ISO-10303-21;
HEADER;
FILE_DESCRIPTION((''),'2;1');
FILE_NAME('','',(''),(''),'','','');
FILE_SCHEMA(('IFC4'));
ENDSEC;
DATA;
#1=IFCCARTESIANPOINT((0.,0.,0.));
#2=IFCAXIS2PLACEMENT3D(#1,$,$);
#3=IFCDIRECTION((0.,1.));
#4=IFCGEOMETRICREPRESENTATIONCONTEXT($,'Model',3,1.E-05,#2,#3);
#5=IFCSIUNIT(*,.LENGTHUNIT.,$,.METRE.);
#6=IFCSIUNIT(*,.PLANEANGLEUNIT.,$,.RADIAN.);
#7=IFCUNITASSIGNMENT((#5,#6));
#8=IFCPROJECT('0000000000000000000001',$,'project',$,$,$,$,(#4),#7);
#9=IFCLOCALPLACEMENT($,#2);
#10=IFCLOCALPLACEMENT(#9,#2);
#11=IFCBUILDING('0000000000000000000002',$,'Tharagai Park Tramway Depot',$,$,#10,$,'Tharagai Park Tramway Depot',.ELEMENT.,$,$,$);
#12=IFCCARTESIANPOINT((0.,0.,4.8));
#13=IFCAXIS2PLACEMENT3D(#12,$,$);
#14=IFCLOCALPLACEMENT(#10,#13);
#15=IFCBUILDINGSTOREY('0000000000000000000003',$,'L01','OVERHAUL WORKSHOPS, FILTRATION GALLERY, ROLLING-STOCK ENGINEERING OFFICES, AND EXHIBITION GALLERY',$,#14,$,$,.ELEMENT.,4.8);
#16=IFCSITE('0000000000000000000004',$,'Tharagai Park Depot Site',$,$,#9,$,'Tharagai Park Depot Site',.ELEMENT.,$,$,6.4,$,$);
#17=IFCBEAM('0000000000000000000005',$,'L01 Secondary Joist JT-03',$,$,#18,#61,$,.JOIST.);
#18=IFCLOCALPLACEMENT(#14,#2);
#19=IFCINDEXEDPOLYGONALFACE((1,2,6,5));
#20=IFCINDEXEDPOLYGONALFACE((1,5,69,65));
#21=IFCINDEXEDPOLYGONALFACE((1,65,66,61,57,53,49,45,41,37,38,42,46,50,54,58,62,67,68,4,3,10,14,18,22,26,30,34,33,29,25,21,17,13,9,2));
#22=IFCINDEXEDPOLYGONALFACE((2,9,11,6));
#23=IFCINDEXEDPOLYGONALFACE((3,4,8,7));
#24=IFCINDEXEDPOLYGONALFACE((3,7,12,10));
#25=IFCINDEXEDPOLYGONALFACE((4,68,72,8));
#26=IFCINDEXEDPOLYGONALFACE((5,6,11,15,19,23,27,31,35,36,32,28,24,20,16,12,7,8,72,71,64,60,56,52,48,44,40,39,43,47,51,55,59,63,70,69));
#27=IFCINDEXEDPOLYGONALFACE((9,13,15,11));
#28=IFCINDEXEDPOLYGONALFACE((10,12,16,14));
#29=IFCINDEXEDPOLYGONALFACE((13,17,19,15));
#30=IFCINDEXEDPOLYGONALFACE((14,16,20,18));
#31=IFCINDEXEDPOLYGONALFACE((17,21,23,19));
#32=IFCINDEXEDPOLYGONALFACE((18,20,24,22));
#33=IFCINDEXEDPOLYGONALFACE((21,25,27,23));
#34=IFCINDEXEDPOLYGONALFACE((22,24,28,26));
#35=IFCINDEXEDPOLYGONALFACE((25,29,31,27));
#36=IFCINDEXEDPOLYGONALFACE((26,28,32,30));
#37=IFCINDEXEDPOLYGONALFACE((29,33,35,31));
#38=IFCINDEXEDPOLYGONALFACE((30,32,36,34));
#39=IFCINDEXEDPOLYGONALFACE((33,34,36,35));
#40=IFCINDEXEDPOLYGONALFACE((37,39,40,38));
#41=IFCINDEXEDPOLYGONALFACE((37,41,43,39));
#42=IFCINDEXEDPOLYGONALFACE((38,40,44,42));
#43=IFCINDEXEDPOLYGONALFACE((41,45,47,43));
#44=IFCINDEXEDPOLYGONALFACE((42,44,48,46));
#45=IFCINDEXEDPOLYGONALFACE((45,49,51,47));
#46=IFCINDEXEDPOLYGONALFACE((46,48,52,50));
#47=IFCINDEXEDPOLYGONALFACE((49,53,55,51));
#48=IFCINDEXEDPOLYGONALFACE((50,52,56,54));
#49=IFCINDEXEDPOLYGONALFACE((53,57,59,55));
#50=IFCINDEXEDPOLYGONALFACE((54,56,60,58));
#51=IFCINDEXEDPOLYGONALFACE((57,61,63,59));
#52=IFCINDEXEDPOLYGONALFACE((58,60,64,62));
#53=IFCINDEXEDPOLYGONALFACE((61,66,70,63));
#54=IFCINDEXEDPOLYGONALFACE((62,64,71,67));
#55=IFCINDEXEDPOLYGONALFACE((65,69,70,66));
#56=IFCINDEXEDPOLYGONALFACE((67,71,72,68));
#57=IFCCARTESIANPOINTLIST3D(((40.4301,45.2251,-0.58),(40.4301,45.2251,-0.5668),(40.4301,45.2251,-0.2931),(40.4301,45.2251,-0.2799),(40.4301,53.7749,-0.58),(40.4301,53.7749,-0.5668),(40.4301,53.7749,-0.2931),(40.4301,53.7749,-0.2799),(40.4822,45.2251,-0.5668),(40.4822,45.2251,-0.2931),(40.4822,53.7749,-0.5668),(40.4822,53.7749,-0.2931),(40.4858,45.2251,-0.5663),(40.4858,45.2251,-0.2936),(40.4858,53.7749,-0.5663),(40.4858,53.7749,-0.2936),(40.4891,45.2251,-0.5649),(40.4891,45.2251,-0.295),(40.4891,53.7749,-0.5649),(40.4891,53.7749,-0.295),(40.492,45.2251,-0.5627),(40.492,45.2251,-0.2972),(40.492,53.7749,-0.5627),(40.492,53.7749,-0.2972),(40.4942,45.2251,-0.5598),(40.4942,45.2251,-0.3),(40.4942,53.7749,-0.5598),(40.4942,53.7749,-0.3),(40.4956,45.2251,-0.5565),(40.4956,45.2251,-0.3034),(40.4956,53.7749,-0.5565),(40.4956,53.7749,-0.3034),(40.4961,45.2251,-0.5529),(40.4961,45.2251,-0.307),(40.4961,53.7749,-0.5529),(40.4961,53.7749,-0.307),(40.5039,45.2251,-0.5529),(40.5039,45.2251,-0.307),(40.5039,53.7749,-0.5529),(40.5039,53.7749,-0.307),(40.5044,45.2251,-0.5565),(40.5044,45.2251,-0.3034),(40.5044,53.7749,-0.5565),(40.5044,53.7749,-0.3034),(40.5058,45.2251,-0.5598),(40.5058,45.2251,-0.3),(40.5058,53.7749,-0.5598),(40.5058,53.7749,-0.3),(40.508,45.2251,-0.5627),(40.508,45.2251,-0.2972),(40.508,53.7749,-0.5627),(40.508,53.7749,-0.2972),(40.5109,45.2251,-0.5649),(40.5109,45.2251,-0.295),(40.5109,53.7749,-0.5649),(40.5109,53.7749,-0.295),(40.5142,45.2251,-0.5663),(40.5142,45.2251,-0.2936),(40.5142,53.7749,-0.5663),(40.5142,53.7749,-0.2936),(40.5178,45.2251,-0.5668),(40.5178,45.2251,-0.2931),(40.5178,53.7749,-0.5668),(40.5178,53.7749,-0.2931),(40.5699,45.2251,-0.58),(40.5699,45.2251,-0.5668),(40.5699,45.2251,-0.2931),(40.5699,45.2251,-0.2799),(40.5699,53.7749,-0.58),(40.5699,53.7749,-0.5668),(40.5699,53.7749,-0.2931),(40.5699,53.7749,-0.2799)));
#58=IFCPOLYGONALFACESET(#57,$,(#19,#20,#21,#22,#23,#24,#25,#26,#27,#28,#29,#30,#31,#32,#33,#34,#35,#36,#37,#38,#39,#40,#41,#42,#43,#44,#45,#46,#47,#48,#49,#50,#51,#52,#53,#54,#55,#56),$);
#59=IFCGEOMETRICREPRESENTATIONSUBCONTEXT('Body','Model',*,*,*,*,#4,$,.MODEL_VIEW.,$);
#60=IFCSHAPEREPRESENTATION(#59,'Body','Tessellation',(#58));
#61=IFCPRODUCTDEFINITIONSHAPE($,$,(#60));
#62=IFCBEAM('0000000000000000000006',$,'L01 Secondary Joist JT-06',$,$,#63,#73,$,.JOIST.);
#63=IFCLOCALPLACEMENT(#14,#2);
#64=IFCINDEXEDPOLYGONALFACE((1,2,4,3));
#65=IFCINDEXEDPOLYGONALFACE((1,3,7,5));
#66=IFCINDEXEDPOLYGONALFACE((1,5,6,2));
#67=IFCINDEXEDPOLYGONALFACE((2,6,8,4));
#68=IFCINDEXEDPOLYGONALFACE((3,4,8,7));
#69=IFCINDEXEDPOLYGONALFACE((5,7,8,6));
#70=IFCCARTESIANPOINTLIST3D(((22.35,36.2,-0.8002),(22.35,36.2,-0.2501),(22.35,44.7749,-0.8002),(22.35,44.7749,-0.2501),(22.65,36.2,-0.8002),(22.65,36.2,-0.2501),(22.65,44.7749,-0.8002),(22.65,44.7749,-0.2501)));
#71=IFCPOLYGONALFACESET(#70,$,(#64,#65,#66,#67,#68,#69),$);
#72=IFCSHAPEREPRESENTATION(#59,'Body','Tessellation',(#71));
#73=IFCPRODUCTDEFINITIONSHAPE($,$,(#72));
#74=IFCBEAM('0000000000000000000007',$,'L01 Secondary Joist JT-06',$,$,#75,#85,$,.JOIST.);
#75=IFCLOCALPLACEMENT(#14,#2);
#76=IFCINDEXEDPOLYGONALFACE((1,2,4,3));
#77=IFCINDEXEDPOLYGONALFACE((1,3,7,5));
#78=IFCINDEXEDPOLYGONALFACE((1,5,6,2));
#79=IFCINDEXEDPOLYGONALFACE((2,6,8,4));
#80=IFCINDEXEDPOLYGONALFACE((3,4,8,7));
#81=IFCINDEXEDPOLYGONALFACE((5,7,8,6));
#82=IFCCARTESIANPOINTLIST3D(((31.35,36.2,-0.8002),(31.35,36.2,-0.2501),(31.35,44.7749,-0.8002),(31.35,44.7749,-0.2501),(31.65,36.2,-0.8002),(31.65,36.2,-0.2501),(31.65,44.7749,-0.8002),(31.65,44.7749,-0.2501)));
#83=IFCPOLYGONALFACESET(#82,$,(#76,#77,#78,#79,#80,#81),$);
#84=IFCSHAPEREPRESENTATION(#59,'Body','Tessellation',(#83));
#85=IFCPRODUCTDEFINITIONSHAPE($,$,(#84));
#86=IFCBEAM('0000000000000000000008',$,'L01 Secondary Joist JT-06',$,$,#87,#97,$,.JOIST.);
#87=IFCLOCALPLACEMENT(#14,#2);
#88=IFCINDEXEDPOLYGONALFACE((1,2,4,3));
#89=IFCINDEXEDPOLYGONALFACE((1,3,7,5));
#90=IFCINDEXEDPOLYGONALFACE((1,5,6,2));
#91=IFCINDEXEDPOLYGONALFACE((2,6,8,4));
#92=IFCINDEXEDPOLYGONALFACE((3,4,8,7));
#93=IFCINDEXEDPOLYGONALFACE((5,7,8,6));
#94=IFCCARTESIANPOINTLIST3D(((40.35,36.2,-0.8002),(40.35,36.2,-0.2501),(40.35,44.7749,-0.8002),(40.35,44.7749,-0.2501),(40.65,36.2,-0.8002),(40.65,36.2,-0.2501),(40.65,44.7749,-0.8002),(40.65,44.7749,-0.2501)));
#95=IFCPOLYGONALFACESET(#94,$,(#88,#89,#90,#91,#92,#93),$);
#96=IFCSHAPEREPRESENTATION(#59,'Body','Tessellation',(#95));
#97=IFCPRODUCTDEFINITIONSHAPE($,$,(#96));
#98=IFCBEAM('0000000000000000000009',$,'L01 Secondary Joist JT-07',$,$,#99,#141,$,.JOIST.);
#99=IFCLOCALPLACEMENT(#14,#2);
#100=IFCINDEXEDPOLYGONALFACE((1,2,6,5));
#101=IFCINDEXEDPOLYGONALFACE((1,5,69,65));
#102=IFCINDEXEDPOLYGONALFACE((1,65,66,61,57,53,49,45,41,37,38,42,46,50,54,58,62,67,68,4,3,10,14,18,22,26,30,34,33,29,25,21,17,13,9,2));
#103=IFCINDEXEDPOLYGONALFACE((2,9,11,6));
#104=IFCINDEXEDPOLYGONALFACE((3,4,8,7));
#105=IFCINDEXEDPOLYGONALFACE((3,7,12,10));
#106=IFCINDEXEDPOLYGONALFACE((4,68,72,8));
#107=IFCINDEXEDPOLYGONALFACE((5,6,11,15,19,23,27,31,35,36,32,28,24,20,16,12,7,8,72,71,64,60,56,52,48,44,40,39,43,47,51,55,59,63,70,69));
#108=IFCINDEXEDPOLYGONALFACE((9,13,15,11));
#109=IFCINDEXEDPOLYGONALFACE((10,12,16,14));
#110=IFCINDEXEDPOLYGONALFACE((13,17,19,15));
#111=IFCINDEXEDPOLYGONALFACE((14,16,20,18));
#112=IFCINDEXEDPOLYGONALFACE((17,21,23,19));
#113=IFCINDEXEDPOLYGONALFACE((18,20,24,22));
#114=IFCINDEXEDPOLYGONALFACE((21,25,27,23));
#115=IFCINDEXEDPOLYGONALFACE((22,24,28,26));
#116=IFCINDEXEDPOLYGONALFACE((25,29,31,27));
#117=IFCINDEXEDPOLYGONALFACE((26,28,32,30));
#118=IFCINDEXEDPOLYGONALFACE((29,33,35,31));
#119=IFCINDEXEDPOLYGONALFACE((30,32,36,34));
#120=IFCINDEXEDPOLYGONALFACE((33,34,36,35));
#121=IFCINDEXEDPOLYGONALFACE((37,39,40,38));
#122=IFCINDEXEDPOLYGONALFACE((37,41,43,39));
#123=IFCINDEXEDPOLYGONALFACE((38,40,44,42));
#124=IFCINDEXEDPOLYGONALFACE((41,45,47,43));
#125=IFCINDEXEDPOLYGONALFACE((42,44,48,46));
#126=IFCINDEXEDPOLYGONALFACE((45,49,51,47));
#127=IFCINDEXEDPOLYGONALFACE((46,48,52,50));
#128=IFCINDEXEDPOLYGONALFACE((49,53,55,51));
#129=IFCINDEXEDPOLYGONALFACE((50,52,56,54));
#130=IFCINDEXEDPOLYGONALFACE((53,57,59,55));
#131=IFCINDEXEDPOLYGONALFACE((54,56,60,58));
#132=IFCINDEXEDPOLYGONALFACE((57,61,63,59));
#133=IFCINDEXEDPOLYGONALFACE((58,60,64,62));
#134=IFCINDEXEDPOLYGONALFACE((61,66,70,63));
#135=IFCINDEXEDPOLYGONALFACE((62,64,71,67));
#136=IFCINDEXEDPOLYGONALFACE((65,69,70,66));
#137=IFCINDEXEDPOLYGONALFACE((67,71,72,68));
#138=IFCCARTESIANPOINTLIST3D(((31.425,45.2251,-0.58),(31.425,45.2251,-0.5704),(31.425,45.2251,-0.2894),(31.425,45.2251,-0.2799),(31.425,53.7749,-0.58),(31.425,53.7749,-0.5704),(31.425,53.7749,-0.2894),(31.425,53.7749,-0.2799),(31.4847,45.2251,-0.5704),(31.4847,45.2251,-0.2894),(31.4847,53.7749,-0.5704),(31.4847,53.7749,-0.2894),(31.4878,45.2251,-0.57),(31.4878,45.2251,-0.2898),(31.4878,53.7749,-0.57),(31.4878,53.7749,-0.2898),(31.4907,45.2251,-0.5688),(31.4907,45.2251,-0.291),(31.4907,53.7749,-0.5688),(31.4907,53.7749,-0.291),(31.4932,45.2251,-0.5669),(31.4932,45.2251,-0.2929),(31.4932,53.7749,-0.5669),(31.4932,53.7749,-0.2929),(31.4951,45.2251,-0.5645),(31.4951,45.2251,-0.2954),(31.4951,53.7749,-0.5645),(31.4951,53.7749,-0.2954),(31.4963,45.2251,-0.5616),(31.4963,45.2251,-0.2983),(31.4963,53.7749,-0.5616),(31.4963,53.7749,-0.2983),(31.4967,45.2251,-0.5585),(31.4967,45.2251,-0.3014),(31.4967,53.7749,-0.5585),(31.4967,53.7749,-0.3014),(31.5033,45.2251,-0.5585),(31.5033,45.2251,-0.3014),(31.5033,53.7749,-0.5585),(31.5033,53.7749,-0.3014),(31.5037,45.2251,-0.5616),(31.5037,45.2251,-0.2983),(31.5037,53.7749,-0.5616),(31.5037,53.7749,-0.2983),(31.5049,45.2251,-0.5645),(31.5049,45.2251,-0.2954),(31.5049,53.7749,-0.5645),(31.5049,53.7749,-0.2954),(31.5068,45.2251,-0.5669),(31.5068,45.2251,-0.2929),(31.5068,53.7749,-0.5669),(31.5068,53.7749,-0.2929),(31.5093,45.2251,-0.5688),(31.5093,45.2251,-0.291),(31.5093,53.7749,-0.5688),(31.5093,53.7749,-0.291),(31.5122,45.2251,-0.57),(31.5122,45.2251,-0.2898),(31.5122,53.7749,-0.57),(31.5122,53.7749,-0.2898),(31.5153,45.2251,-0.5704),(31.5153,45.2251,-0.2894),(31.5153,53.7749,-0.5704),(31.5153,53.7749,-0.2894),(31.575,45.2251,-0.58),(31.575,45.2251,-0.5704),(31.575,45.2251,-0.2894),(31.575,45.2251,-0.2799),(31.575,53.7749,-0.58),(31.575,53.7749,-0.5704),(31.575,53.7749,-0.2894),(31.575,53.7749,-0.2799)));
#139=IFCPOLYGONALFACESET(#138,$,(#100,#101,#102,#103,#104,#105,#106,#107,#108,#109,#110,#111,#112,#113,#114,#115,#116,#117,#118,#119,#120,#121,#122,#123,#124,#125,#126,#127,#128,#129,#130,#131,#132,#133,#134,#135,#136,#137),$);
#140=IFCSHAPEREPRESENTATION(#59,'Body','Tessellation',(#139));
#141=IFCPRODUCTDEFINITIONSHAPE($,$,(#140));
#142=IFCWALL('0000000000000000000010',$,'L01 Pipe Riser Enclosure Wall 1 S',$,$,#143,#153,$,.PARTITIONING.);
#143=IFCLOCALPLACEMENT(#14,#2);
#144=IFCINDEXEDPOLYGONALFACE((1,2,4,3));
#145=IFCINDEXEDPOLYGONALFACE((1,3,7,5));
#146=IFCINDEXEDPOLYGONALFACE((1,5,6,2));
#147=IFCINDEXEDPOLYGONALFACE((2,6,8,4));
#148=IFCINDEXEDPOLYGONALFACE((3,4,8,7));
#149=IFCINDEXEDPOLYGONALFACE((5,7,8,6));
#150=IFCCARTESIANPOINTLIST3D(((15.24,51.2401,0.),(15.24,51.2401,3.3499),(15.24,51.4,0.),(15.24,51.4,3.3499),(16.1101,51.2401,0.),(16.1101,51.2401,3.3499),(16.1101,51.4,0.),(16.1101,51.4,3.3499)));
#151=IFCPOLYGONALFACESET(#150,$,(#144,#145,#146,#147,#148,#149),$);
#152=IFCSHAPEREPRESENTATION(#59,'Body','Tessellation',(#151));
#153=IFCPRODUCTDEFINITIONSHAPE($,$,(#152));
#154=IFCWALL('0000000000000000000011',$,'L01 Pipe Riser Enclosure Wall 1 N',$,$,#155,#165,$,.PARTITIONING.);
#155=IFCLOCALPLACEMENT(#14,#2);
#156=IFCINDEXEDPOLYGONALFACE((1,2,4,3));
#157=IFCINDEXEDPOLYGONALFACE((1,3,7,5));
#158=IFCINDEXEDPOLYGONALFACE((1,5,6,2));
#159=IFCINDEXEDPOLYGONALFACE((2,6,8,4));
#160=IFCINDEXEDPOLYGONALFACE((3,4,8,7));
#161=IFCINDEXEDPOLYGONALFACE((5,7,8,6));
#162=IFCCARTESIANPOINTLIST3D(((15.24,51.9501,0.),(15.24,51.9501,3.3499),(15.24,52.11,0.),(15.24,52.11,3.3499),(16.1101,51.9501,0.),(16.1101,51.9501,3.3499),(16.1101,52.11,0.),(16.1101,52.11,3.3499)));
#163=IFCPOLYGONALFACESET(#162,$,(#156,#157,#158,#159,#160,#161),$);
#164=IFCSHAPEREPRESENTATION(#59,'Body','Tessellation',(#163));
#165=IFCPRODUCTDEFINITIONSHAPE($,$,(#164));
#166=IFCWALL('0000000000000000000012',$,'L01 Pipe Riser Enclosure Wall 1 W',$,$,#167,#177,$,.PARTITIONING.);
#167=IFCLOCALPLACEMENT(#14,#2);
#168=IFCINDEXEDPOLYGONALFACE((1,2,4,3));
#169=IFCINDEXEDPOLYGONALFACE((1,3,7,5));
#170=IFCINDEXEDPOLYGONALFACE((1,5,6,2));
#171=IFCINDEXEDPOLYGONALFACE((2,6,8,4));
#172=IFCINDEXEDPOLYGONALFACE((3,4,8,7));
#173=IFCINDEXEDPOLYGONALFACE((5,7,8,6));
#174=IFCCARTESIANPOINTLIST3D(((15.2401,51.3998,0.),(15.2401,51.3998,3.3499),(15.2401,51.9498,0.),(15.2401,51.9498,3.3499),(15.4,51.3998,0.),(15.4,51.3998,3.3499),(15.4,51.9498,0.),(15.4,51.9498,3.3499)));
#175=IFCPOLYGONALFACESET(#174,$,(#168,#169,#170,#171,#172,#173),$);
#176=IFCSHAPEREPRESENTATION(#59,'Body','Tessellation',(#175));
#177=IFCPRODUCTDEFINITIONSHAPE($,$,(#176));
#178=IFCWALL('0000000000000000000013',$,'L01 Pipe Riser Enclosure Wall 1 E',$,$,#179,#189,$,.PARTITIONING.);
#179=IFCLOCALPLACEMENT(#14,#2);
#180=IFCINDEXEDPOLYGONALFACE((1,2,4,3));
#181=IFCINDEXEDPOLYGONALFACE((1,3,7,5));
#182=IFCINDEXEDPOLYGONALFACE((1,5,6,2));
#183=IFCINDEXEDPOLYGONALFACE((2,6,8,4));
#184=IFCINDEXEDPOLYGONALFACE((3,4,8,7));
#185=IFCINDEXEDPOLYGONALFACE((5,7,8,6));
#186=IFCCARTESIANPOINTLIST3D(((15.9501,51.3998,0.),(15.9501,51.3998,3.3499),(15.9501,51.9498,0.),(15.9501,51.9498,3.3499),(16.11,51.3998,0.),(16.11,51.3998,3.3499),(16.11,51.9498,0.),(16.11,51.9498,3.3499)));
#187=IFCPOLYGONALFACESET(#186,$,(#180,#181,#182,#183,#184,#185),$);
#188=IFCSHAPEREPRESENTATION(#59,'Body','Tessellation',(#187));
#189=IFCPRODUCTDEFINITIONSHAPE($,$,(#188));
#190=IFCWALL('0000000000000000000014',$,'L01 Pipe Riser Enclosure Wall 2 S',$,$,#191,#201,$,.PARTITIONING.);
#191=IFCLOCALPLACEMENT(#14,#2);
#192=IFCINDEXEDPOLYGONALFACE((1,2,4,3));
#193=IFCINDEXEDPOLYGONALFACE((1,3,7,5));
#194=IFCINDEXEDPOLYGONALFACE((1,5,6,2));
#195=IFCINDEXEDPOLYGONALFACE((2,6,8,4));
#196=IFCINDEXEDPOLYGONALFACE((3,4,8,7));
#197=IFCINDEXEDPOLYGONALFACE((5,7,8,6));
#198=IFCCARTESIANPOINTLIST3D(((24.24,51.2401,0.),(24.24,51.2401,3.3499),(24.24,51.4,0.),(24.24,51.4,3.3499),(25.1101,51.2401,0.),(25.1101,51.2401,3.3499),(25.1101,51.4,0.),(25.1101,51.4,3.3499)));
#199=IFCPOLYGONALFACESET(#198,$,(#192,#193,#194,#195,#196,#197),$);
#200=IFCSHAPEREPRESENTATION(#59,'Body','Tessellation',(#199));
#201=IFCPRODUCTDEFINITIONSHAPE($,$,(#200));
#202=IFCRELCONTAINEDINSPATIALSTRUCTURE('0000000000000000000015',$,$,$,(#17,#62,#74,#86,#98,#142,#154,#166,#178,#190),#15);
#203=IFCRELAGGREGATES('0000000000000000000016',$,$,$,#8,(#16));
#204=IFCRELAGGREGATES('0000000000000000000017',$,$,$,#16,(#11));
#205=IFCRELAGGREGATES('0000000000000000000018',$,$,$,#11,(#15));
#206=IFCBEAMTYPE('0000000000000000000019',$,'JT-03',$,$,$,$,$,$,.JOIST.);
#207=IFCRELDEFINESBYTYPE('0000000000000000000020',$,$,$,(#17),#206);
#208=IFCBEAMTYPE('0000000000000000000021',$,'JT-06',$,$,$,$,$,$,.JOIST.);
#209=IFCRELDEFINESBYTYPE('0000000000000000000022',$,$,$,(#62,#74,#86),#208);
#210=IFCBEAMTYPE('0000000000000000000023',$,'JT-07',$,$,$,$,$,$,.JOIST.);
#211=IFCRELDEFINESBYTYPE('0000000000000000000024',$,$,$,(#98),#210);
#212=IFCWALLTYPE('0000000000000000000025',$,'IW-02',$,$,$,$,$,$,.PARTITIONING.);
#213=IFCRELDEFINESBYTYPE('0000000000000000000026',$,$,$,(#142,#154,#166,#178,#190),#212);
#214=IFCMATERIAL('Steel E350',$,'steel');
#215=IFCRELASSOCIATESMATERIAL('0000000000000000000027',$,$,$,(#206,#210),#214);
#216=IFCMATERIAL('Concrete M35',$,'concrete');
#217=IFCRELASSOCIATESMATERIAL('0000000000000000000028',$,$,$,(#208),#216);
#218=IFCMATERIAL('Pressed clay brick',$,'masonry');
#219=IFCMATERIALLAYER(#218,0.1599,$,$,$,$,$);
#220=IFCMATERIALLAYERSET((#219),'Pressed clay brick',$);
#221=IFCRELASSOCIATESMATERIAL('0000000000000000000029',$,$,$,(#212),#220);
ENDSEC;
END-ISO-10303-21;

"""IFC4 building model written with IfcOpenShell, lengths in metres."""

from ifc_helpers import new_model, si_unit, direction, frame, frame_2d, origin, origin_2d, place, context, subcontext, project, spatial, rectangle, i_section, extrude, material, layer, layer_set, material_profile, profile_set, type_object, element, save


model = new_model("IFC4")

# Units and contexts
model_context = context("Model", 3, precision=1e-05, world=origin(), true_north=direction((0.0, 1.0)))
body_context = subcontext(model_context, "Body", "Model", "MODEL_VIEW")
ifc_project = project(units=[si_unit("LENGTHUNIT", "METRE"), si_unit("PLANEANGLEUNIT", "RADIAN")], contexts=[model_context])

# Site, building, storey
site_placement = place(None, origin())
site = spatial("IfcSite", under=ifc_project, at=site_placement, Name="Tharagai Park Depot Site", LongName="Tharagai Park Depot Site", CompositionType="ELEMENT", RefElevation=6.4)
building_placement = place(site_placement, origin())
building = spatial("IfcBuilding", under=site, at=building_placement, Name="Tharagai Park Tramway Depot", LongName="Tharagai Park Tramway Depot", CompositionType="ELEMENT")
storey_placement = place(building_placement, frame((0.0, 0.0, 4.8)))
storey = spatial("IfcBuildingStorey", under=building, at=storey_placement, Name="L01", Description="OVERHAUL WORKSHOPS, FILTRATION GALLERY, ROLLING-STOCK ENGINEERING OFFICES, AND EXHIBITION GALLERY", CompositionType="ELEMENT", Elevation=4.8)

# Shared definitions
ifc_material_1 = material(Name="Steel E350", Category="steel")

# Beams
ifc_material_2 = material(Name="Concrete M35", Category="concrete")
ifc_material_profile_1 = material_profile(ifc_material_1, i_section(OverallWidth=0.1399, OverallDepth=0.3, WebThickness=0.0078, FlangeThickness=0.0132, FilletRadius=0.0139, at=origin_2d()), Name="ISMB 300")
ifc_profile_set_1 = profile_set([ifc_material_profile_1], Name="Steel E350")
beam_type_1 = type_object("IfcBeamType", Name="JT-03", PredefinedType="JOIST", material=ifc_profile_set_1)
for number, where, z_axis, x_axis, name in (
    (1, (40.5, 45.2251, -0.4299), (0.0, 1.0, 0.0), (-1.0, 0.0, 0.0), "L01 Secondary Joist JT-03"),
):
    element("IfcBeam", number, at=place(storey_placement, frame(where, z_axis=z_axis, x_axis=x_axis)), inside=storey, type_object=beam_type_1, Name=name, PredefinedType="JOIST", context=body_context, shape_type="SweptSolid", body=[
        extrude(i_section(OverallWidth=0.1399, OverallDepth=0.3, WebThickness=0.0078, FlangeThickness=0.0132, FilletRadius=0.0139, at=origin_2d()), origin(), (0.0, 0.0, 1.0), 8.5498),
    ])
ifc_material_profile_2 = material_profile(ifc_material_2, rectangle(XDim=0.3, YDim=0.55, at=origin_2d()), Name="RC 300x550")
ifc_profile_set_2 = profile_set([ifc_material_profile_2], Name="Concrete M35")
beam_type_2 = type_object("IfcBeamType", Name="JT-06", PredefinedType="JOIST", material=ifc_profile_set_2)
for number, where, z_axis, x_axis, name in (
    (2, (22.5, 36.2, -0.5251), (0.0, 1.0, 0.0), (-1.0, 0.0, 0.0), "L01 Secondary Joist JT-06"),
    (3, (31.5, 36.2, -0.5251), (0.0, 1.0, 0.0), (-1.0, 0.0, 0.0), "L01 Secondary Joist JT-06"),
    (4, (40.5, 36.2, -0.5251), (0.0, 1.0, 0.0), (-1.0, 0.0, 0.0), "L01 Secondary Joist JT-06"),
):
    element("IfcBeam", number, at=place(storey_placement, frame(where, z_axis=z_axis, x_axis=x_axis)), inside=storey, type_object=beam_type_2, Name=name, PredefinedType="JOIST", context=body_context, shape_type="SweptSolid", body=[
        extrude(rectangle(XDim=0.3, YDim=0.55, at=origin_2d()), origin(), (0.0, 0.0, 1.0), 8.575),
    ])
ifc_material_profile_3 = material_profile(ifc_material_1, i_section(OverallWidth=0.1499, OverallDepth=0.3, WebThickness=0.0066, FlangeThickness=0.0095, FilletRadius=0.012, at=origin_2d()), Name="ISLB 300")
ifc_profile_set_3 = profile_set([ifc_material_profile_3], Name="Steel E350")
beam_type_3 = type_object("IfcBeamType", Name="JT-07", PredefinedType="JOIST", material=ifc_profile_set_3)
beam_1_placement = place(storey_placement, frame((31.5, 45.2251, -0.4299), z_axis=(0.0, 1.0, 0.0), x_axis=(-1.0, 0.0, 0.0)))
element("IfcBeam", 5, at=beam_1_placement, inside=storey, type_object=beam_type_3, Name="L01 Secondary Joist JT-07", PredefinedType="JOIST", context=body_context, shape_type="SweptSolid", body=[
    extrude(i_section(OverallWidth=0.1499, OverallDepth=0.3, WebThickness=0.0066, FlangeThickness=0.0095, FilletRadius=0.012, at=origin_2d()), origin(), (0.0, 0.0, 1.0), 8.5498),
])

# Walls
ifc_material_3 = material(Name="Pressed clay brick", Category="masonry")
ifc_layer = layer(ifc_material_3, 0.1599)
ifc_layer_set = layer_set([ifc_layer], Name="Pressed clay brick")
wall_type = type_object("IfcWallType", Name="IW-02", PredefinedType="PARTITIONING", material=ifc_layer_set)
for number, where, z_axis, x_axis, name in (
    (6, (15.24, 51.3201, 0.0), (0.0, 0.0, 1.0), (1.0, 0.0, 0.0), "L01 Pipe Riser Enclosure Wall 1 S"),
    (7, (15.24, 52.03, 0.0), (0.0, 0.0, 1.0), (1.0, 0.0, 0.0), "L01 Pipe Riser Enclosure Wall 1 N"),
):
    element("IfcWall", number, at=place(storey_placement, frame(where, z_axis=z_axis, x_axis=x_axis)), inside=storey, type_object=wall_type, Name=name, PredefinedType="PARTITIONING", context=body_context, shape_type="SweptSolid", body=[
        extrude(rectangle(XDim=0.8701, YDim=0.1599, at=frame_2d((0.4351, 0.0))), origin(), (0.0, 0.0, 1.0), 3.3499),
    ])
for number, where, z_axis, x_axis, name in (
    (8, (15.3201, 51.3999, 0.0), (0.0, 0.0, 1.0), (0.0, 1.0, 0.0), "L01 Pipe Riser Enclosure Wall 1 W"),
    (9, (16.03, 51.3999, 0.0), (0.0, 0.0, 1.0), (0.0, 1.0, 0.0), "L01 Pipe Riser Enclosure Wall 1 E"),
):
    element("IfcWall", number, at=place(storey_placement, frame(where, z_axis=z_axis, x_axis=x_axis)), inside=storey, type_object=wall_type, Name=name, PredefinedType="PARTITIONING", context=body_context, shape_type="SweptSolid", body=[
        extrude(rectangle(XDim=0.55, YDim=0.1599, at=frame_2d((0.2749, 0.0))), origin(), (0.0, 0.0, 1.0), 3.3499),
    ])
wall_1_placement = place(storey_placement, frame((24.24, 51.3201, 0.0), z_axis=(0.0, 0.0, 1.0), x_axis=(1.0, 0.0, 0.0)))
element("IfcWall", 10, at=wall_1_placement, inside=storey, type_object=wall_type, Name="L01 Pipe Riser Enclosure Wall 2 S", PredefinedType="PARTITIONING", context=body_context, shape_type="SweptSolid", body=[
    extrude(rectangle(XDim=0.8701, YDim=0.1599, at=frame_2d((0.4351, 0.0))), origin(), (0.0, 0.0, 1.0), 3.3499),
])

save(model, "model.ifc")
